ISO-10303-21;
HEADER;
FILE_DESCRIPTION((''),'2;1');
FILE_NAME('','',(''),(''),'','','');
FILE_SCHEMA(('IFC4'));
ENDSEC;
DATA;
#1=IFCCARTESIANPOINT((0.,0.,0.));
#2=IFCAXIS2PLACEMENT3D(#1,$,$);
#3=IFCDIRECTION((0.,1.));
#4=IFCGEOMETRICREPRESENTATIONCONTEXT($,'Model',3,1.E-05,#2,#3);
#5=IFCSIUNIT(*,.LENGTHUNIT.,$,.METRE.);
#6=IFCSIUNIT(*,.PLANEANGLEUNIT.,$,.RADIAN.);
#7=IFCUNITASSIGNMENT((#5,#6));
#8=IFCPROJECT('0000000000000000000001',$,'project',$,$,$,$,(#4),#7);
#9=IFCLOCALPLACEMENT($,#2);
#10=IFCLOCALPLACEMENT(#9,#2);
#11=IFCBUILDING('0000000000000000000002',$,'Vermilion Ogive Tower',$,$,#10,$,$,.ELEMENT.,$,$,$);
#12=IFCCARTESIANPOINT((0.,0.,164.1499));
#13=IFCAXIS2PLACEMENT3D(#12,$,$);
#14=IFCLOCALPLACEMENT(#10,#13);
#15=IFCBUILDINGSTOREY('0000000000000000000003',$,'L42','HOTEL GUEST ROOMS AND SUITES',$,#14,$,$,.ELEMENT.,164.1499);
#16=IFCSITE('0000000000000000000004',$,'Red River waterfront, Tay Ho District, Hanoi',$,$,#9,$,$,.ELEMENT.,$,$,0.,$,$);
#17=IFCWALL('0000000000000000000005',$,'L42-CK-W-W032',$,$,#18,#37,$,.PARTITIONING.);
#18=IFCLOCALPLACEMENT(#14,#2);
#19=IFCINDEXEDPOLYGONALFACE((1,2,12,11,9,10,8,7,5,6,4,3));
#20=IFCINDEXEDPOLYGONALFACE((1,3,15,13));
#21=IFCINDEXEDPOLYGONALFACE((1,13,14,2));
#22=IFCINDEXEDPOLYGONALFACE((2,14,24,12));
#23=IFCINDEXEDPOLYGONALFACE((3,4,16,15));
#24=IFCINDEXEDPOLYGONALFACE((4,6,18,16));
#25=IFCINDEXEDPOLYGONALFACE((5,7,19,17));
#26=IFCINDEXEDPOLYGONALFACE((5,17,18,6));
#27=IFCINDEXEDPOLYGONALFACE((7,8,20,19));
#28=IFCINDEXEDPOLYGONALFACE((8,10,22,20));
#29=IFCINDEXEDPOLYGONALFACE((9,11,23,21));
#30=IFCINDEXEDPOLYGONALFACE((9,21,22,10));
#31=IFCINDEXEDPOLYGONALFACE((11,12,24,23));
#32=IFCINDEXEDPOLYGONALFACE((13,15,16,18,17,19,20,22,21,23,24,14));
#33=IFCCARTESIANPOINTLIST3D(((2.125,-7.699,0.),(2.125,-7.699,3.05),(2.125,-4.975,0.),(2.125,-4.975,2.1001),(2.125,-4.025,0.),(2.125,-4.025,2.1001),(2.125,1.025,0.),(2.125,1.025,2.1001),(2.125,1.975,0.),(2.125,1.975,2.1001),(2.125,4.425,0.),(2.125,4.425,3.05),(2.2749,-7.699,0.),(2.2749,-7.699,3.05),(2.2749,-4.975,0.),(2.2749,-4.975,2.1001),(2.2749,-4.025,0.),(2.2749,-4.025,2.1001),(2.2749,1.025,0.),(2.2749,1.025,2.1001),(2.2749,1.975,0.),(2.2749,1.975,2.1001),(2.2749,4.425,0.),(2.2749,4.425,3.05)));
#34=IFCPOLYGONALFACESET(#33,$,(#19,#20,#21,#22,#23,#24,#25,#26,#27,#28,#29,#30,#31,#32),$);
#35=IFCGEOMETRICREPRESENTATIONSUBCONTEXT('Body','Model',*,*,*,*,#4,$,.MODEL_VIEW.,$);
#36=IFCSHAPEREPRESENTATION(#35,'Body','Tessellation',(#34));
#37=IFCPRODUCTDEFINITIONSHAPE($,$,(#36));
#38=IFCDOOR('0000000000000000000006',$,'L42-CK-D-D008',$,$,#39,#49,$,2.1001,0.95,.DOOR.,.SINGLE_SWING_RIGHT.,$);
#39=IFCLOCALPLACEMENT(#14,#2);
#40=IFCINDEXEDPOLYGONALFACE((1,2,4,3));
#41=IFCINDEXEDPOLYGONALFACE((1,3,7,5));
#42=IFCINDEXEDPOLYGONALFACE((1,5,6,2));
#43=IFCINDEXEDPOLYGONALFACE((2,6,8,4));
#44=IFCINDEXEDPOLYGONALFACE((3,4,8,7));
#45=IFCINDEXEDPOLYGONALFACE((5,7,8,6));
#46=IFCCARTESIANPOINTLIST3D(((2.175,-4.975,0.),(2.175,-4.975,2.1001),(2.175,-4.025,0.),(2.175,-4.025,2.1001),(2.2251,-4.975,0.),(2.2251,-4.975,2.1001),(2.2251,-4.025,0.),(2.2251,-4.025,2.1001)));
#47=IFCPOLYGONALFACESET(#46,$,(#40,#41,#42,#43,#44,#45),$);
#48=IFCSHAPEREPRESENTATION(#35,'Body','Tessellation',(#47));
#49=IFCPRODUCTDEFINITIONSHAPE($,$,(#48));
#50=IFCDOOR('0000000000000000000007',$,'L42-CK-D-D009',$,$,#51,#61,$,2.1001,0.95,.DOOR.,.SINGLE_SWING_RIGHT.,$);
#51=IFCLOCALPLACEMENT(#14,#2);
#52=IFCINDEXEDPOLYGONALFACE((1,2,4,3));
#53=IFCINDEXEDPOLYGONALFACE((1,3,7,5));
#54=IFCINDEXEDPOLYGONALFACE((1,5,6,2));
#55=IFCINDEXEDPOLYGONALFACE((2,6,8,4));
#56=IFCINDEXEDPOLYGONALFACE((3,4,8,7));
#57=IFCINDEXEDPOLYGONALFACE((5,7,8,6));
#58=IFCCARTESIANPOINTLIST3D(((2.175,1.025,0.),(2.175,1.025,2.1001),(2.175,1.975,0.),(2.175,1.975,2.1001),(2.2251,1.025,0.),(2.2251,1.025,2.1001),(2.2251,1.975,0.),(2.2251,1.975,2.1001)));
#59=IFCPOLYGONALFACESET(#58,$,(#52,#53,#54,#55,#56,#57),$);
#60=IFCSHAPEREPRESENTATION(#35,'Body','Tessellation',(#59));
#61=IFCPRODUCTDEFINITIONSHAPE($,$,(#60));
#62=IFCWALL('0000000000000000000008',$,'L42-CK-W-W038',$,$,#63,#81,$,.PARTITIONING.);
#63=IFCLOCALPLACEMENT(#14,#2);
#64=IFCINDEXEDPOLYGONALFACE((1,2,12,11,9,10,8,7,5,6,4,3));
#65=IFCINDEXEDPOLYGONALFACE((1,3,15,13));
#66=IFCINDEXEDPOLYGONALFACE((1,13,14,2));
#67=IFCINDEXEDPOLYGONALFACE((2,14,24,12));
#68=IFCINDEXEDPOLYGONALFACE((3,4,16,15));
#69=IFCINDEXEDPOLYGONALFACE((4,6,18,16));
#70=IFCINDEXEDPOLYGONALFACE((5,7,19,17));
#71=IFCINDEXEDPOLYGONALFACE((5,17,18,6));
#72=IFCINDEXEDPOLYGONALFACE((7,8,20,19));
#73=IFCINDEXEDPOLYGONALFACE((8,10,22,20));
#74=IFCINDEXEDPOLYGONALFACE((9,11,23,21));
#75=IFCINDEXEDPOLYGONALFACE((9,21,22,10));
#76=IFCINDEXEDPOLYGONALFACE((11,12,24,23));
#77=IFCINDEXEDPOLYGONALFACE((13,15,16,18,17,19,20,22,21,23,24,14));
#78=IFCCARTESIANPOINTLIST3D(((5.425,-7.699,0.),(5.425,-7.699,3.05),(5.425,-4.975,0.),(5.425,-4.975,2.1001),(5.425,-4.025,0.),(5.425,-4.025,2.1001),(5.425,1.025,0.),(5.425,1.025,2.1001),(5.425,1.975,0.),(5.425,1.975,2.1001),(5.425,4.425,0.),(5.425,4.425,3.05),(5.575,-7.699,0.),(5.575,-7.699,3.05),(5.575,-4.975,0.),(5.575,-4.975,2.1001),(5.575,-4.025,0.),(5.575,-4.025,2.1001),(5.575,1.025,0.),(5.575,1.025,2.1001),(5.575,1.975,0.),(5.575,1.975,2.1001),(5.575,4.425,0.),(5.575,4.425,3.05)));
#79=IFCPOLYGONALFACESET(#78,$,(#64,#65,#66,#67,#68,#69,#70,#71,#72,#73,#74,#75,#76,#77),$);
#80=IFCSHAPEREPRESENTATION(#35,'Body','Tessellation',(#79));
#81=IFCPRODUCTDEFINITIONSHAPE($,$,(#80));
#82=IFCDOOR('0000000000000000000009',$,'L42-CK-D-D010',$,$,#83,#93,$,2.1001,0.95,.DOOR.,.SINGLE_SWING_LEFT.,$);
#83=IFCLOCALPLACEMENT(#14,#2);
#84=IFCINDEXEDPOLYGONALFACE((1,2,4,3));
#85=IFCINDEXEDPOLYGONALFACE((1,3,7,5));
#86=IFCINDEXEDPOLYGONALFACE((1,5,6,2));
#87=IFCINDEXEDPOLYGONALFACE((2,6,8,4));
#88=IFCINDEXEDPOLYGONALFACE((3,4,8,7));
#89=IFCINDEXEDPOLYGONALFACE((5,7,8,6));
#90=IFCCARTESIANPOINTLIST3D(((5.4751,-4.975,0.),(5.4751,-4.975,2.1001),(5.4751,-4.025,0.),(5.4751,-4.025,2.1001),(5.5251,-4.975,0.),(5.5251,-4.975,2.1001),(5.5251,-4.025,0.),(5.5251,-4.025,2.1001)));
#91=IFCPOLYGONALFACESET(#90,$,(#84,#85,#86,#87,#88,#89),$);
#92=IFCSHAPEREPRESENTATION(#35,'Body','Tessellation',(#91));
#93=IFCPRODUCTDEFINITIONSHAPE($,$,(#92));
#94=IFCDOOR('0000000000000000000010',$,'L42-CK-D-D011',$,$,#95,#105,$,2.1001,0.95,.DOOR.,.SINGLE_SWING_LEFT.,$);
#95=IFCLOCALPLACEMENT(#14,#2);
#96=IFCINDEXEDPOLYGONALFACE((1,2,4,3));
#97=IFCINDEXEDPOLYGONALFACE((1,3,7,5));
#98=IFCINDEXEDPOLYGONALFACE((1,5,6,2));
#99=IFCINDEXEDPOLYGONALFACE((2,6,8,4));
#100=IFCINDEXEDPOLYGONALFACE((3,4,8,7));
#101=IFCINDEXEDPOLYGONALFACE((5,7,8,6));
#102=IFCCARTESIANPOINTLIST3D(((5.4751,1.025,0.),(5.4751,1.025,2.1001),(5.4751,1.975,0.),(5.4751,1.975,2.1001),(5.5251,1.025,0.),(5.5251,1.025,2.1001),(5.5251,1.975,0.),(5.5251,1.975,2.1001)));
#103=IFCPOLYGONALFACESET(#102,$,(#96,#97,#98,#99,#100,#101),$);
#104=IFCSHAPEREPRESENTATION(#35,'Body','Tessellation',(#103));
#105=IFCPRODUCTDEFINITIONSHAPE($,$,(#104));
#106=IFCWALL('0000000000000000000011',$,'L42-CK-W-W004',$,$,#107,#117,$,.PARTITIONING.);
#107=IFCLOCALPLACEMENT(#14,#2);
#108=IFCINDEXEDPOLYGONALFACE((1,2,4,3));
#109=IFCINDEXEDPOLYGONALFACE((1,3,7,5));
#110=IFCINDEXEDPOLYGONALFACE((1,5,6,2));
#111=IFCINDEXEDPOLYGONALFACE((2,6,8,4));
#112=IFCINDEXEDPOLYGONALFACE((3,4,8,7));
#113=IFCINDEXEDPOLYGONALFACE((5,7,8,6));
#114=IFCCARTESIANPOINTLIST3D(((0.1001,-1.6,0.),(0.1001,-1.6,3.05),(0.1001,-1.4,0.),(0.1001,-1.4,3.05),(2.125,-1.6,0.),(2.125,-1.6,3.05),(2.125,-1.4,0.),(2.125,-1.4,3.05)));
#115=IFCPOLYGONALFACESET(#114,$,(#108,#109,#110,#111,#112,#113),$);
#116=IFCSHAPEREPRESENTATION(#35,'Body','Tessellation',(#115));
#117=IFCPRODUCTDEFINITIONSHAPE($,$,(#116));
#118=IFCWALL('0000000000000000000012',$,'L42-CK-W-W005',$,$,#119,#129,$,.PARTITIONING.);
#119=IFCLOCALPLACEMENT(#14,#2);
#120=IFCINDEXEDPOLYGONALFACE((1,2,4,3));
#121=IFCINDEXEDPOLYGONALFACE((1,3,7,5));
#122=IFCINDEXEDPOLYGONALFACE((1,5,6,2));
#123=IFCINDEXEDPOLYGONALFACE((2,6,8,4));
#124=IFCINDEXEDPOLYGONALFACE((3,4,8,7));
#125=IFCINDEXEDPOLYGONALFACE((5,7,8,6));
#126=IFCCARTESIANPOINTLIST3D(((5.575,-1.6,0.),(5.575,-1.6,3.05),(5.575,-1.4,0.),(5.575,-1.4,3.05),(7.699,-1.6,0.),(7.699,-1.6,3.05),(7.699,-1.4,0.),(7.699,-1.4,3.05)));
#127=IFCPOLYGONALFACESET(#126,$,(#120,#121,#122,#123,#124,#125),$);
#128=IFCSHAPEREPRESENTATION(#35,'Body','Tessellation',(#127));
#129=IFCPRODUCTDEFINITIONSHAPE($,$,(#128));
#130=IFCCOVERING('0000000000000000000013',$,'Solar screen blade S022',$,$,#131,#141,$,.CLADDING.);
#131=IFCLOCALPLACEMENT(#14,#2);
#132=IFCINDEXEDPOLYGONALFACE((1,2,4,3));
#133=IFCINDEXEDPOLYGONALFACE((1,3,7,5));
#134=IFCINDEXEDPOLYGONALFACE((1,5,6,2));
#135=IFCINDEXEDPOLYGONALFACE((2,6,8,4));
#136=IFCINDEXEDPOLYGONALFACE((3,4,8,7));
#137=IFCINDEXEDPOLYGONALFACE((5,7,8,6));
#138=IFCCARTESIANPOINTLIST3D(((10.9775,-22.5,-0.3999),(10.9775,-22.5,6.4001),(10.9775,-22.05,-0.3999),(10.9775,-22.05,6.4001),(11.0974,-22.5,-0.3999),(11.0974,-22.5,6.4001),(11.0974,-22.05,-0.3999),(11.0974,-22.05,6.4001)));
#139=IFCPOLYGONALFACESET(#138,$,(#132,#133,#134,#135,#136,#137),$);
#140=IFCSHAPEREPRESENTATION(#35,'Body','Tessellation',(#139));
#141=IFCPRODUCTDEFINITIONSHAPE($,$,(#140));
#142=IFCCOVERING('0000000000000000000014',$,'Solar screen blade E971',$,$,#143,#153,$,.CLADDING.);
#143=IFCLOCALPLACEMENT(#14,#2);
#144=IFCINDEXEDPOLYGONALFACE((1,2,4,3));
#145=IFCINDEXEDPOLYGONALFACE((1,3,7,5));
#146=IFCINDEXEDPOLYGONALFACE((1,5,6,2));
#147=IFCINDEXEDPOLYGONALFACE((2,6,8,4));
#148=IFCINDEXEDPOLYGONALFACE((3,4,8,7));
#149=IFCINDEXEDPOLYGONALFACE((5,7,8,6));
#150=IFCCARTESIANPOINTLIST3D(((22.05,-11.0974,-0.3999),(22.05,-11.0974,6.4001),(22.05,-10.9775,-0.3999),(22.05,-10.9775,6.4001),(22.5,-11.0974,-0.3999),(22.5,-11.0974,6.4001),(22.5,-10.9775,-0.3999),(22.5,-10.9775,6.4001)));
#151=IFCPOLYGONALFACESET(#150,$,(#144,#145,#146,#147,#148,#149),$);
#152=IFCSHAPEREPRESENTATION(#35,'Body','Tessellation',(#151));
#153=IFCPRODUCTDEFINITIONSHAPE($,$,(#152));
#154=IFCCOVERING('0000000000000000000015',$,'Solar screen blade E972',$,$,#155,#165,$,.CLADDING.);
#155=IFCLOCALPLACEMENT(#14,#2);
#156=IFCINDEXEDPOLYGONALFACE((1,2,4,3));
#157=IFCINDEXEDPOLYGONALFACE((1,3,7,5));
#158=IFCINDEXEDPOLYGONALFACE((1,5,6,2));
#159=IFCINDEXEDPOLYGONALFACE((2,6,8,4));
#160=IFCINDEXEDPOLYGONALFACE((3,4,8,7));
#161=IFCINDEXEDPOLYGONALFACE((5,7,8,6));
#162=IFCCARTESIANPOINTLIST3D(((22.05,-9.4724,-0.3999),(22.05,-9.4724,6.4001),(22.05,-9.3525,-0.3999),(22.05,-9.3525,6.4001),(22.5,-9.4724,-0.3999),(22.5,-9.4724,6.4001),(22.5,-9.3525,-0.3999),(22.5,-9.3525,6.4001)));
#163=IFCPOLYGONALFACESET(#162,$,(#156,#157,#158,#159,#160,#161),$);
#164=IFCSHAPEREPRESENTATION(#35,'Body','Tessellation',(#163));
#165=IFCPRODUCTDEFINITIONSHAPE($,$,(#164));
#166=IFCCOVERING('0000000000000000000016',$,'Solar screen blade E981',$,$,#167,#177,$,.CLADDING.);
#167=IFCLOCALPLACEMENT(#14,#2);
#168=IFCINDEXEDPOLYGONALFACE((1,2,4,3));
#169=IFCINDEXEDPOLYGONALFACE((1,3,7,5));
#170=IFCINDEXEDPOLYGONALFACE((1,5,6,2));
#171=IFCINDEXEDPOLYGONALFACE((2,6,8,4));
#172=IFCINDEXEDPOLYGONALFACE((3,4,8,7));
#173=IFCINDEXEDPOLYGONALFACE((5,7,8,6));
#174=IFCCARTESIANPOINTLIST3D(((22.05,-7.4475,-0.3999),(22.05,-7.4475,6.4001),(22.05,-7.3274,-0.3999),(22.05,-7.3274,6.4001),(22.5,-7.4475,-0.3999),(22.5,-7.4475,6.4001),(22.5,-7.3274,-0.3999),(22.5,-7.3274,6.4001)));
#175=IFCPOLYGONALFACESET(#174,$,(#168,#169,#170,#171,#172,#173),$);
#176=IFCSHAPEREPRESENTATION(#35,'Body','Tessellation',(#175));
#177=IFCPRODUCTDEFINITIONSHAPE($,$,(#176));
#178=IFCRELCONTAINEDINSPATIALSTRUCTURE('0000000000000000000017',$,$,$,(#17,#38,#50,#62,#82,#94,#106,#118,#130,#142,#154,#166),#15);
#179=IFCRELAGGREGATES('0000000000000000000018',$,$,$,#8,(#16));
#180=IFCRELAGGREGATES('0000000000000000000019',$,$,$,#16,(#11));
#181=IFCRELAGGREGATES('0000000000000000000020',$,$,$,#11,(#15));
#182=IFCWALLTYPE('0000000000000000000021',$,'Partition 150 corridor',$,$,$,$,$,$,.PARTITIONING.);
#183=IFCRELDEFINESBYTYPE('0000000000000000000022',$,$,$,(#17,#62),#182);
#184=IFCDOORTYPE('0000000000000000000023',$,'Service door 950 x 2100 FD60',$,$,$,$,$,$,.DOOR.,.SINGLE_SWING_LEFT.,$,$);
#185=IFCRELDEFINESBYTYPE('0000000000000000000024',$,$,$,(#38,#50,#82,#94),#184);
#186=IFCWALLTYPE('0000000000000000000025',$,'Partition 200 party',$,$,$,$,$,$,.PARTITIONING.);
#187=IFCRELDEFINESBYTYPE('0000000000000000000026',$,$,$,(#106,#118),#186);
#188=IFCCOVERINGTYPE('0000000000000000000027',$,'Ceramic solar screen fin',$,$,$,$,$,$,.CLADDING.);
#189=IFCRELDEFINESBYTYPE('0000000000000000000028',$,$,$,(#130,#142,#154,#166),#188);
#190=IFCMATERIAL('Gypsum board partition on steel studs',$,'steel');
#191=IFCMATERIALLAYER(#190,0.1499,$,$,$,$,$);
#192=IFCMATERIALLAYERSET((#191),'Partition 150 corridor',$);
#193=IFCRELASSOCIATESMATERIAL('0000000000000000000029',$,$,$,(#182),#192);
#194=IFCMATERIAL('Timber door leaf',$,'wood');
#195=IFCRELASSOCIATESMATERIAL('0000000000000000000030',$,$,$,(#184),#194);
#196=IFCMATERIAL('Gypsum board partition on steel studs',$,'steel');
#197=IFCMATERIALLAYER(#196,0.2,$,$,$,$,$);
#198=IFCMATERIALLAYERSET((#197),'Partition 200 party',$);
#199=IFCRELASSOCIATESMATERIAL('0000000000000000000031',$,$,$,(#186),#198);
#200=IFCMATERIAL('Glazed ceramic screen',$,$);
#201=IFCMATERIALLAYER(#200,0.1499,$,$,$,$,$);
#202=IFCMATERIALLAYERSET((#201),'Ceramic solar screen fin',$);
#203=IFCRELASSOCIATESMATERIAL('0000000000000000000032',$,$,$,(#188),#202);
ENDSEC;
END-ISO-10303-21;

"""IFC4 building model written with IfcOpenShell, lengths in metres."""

from ifc_helpers import new_model, si_unit, direction, frame, frame_2d, origin, place, context, subcontext, project, spatial, polyline, rectangle, outline, extrude, material, layer, layer_set, type_object, element, fill, save


model = new_model("IFC4")

# Units and contexts
model_context = context("Model", 3, precision=1e-05, world=origin(), true_north=direction((0.0, 1.0)))
body_context = subcontext(model_context, "Body", "Model", "MODEL_VIEW")
ifc_project = project(units=[si_unit("LENGTHUNIT", "METRE"), si_unit("PLANEANGLEUNIT", "RADIAN")], contexts=[model_context])

# Site, building, storey
site_placement = place(None, origin())
site = spatial("IfcSite", under=ifc_project, at=site_placement, Name="Red River waterfront, Tay Ho District, Hanoi", CompositionType="ELEMENT", RefElevation=0.0)
building_placement = place(site_placement, origin())
building = spatial("IfcBuilding", under=site, at=building_placement, Name="Vermilion Ogive Tower", CompositionType="ELEMENT")
storey_placement = place(building_placement, frame((0.0, 0.0, 164.1499)))
storey = spatial("IfcBuildingStorey", under=building, at=storey_placement, Name="L42", Description="HOTEL GUEST ROOMS AND SUITES", CompositionType="ELEMENT", Elevation=164.1499)

# Walls, openings, doors
ifc_material_1 = material(Name="Gypsum board partition on steel studs", Category="steel")
ifc_layer_1 = layer(ifc_material_1, 0.1499)
ifc_layer_set_1 = layer_set([ifc_layer_1], Name="Partition 150 corridor")
wall_type_1 = type_object("IfcWallType", Name="Partition 150 corridor", PredefinedType="PARTITIONING", material=ifc_layer_set_1)
wall_1_placement = place(storey_placement, frame((2.2, -7.699, 0.0), z_axis=(0.0, 0.0, 1.0), x_axis=(0.0, 1.0, 0.0)))
wall_1 = element("IfcWall", 1, at=wall_1_placement, inside=storey, type_object=wall_type_1, Name="L42-CK-W-W032", PredefinedType="PARTITIONING", context=body_context, shape_type="SweptSolid", body=[
    extrude(rectangle(XDim=12.124, YDim=0.1499, at=frame_2d((6.062, 0.0))), origin(), (0.0, 0.0, 1.0), 3.05),
])
opening_1_placement = place(wall_1_placement, frame((2.7239, 0.0, 0.0)))
opening_1 = element("IfcOpeningElement", 2, at=opening_1_placement, cuts=wall_1, PredefinedType="OPENING", context=body_context, shape_type="SweptSolid", body=[
    extrude(rectangle(XDim=0.95, YDim=2.1001, at=frame_2d((0.4751, 1.05))), frame((0.0, 0.085, 0.0), z_axis=(0.0, -1.0, 0.0), x_axis=(1.0, 0.0, 0.0)), (0.0, 0.0, 1.0), 0.1699),
])
opening_2_placement = place(wall_1_placement, frame((8.7239, 0.0, 0.0)))
opening_2 = element("IfcOpeningElement", 3, at=opening_2_placement, cuts=wall_1, PredefinedType="OPENING", context=body_context, shape_type="SweptSolid", body=[
    extrude(rectangle(XDim=0.95, YDim=2.1001, at=frame_2d((0.4751, 1.05))), frame((0.0, 0.085, 0.0), z_axis=(0.0, -1.0, 0.0), x_axis=(1.0, 0.0, 0.0)), (0.0, 0.0, 1.0), 0.1699),
])
ifc_material_2 = material(Name="Timber door leaf", Category="wood")
door_type = type_object("IfcDoorType", Name="Service door 950 x 2100 FD60", OperationType="SINGLE_SWING_LEFT", PredefinedType="DOOR", material=ifc_material_2)
door_1_placement = place(opening_1_placement, origin())
door_1 = element("IfcDoor", 4, at=door_1_placement, inside=storey, type_object=door_type, Name="L42-CK-D-D008", OperationType="SINGLE_SWING_RIGHT", OverallHeight=2.1001, OverallWidth=0.95, PredefinedType="DOOR", context=body_context, shape_type="SweptSolid", body=[
    extrude(rectangle(XDim=0.95, YDim=2.1001, at=frame_2d((0.4751, 1.05))), frame((0.0, 0.0249, 0.0), z_axis=(0.0, -1.0, 0.0), x_axis=(1.0, 0.0, 0.0)), (0.0, 0.0, 1.0), 0.05),
])
fill(opening_1, door_1)
door_2_placement = place(opening_2_placement, origin())
door_2 = element("IfcDoor", 5, at=door_2_placement, inside=storey, type_object=door_type, Name="L42-CK-D-D009", OperationType="SINGLE_SWING_RIGHT", OverallHeight=2.1001, OverallWidth=0.95, PredefinedType="DOOR", context=body_context, shape_type="SweptSolid", body=[
    extrude(rectangle(XDim=0.95, YDim=2.1001, at=frame_2d((0.4751, 1.05))), frame((0.0, 0.0249, 0.0), z_axis=(0.0, -1.0, 0.0), x_axis=(1.0, 0.0, 0.0)), (0.0, 0.0, 1.0), 0.05),
])
fill(opening_2, door_2)
wall_2_placement = place(storey_placement, frame((5.5, -7.699, 0.0), z_axis=(0.0, 0.0, 1.0), x_axis=(0.0, 1.0, 0.0)))
wall_2 = element("IfcWall", 6, at=wall_2_placement, inside=storey, type_object=wall_type_1, Name="L42-CK-W-W038", PredefinedType="PARTITIONING", context=body_context, shape_type="SweptSolid", body=[
    extrude(rectangle(XDim=12.124, YDim=0.1499, at=frame_2d((6.062, 0.0))), origin(), (0.0, 0.0, 1.0), 3.05),
])
opening_3_placement = place(wall_2_placement, frame((2.7239, 0.0, 0.0)))
opening_3 = element("IfcOpeningElement", 7, at=opening_3_placement, cuts=wall_2, PredefinedType="OPENING", context=body_context, shape_type="SweptSolid", body=[
    extrude(rectangle(XDim=0.95, YDim=2.1001, at=frame_2d((0.4751, 1.05))), frame((0.0, 0.085, 0.0), z_axis=(0.0, -1.0, 0.0), x_axis=(1.0, 0.0, 0.0)), (0.0, 0.0, 1.0), 0.1699),
])
opening_4_placement = place(wall_2_placement, frame((8.7239, 0.0, 0.0)))
opening_4 = element("IfcOpeningElement", 8, at=opening_4_placement, cuts=wall_2, PredefinedType="OPENING", context=body_context, shape_type="SweptSolid", body=[
    extrude(rectangle(XDim=0.95, YDim=2.1001, at=frame_2d((0.4751, 1.05))), frame((0.0, 0.085, 0.0), z_axis=(0.0, -1.0, 0.0), x_axis=(1.0, 0.0, 0.0)), (0.0, 0.0, 1.0), 0.1699),
])
door_3_placement = place(opening_3_placement, origin())
door_3 = element("IfcDoor", 9, at=door_3_placement, inside=storey, type_object=door_type, Name="L42-CK-D-D010", OperationType="SINGLE_SWING_LEFT", OverallHeight=2.1001, OverallWidth=0.95, PredefinedType="DOOR", context=body_context, shape_type="SweptSolid", body=[
    extrude(rectangle(XDim=0.95, YDim=2.1001, at=frame_2d((0.4751, 1.05))), frame((0.0, 0.0249, 0.0), z_axis=(0.0, -1.0, 0.0), x_axis=(1.0, 0.0, 0.0)), (0.0, 0.0, 1.0), 0.05),
])
fill(opening_3, door_3)
door_4_placement = place(opening_4_placement, origin())
door_4 = element("IfcDoor", 10, at=door_4_placement, inside=storey, type_object=door_type, Name="L42-CK-D-D011", OperationType="SINGLE_SWING_LEFT", OverallHeight=2.1001, OverallWidth=0.95, PredefinedType="DOOR", context=body_context, shape_type="SweptSolid", body=[
    extrude(rectangle(XDim=0.95, YDim=2.1001, at=frame_2d((0.4751, 1.05))), frame((0.0, 0.0249, 0.0), z_axis=(0.0, -1.0, 0.0), x_axis=(1.0, 0.0, 0.0)), (0.0, 0.0, 1.0), 0.05),
])
fill(opening_4, door_4)

# Walls
ifc_material_3 = material(Name="Gypsum board partition on steel studs", Category="steel")
ifc_layer_2 = layer(ifc_material_3, 0.2)
ifc_layer_set_2 = layer_set([ifc_layer_2], Name="Partition 200 party")
wall_type_2 = type_object("IfcWallType", Name="Partition 200 party", PredefinedType="PARTITIONING", material=ifc_layer_set_2)
wall_3_placement = place(storey_placement, frame((0.1001, -1.5, 0.0), z_axis=(0.0, 0.0, 1.0), x_axis=(1.0, 0.0, 0.0)))
element("IfcWall", 11, at=wall_3_placement, inside=storey, type_object=wall_type_2, Name="L42-CK-W-W004", PredefinedType="PARTITIONING", context=body_context, shape_type="SweptSolid", body=[
    extrude(rectangle(XDim=2.0249, YDim=0.2, at=frame_2d((1.0125, 0.0))), origin(), (0.0, 0.0, 1.0), 3.05),
])
wall_4_placement = place(storey_placement, frame((5.575, -1.5, 0.0), z_axis=(0.0, 0.0, 1.0), x_axis=(1.0, 0.0, 0.0)))
element("IfcWall", 12, at=wall_4_placement, inside=storey, type_object=wall_type_2, Name="L42-CK-W-W005", PredefinedType="PARTITIONING", context=body_context, shape_type="SweptSolid", body=[
    extrude(rectangle(XDim=2.124, YDim=0.2, at=frame_2d((1.062, 0.0))), origin(), (0.0, 0.0, 1.0), 3.05),
])

# Coverings
ifc_material_4 = material(Name="Glazed ceramic screen")
ifc_layer_3 = layer(ifc_material_4, 0.1499)
ifc_layer_set_3 = layer_set([ifc_layer_3], Name="Ceramic solar screen fin")
covering_type_1 = type_object("IfcCoveringType", Name="Ceramic solar screen fin", PredefinedType="CLADDING", material=ifc_layer_set_3)
covering_1_placement = place(storey_placement, frame((0.0, 0.0, -0.3999)))
element("IfcCovering", 13, at=covering_1_placement, inside=storey, type_object=covering_type_1, Name="Solar screen blade S022", PredefinedType="CLADDING", context=body_context, shape_type="SweptSolid", body=[
    extrude(outline(polyline([(10.9775, -22.5), (11.0974, -22.5), (11.0974, -22.05), (10.9775, -22.05), (10.9775, -22.5)])), origin(), (0.0, 0.0, 1.0), 6.8),
])
covering_2_placement = place(storey_placement, frame((0.0, 0.0, -0.3999)))
element("IfcCovering", 14, at=covering_2_placement, inside=storey, type_object=covering_type_1, Name="Solar screen blade E971", PredefinedType="CLADDING", context=body_context, shape_type="SweptSolid", body=[
    extrude(outline(polyline([(22.5, -11.0974), (22.5, -10.9775), (22.05, -10.9775), (22.05, -11.0974), (22.5, -11.0974)])), origin(), (0.0, 0.0, 1.0), 6.8),
])
covering_3_placement = place(storey_placement, frame((0.0, 0.0, -0.3999)))
element("IfcCovering", 15, at=covering_3_placement, inside=storey, type_object=covering_type_1, Name="Solar screen blade E972", PredefinedType="CLADDING", context=body_context, shape_type="SweptSolid", body=[
    extrude(outline(polyline([(22.5, -9.4724), (22.5, -9.3525), (22.05, -9.3525), (22.05, -9.4724), (22.5, -9.4724)])), origin(), (0.0, 0.0, 1.0), 6.8),
])
covering_4_placement = place(storey_placement, frame((0.0, 0.0, -0.3999)))
element("IfcCovering", 16, at=covering_4_placement, inside=storey, type_object=covering_type_1, Name="Solar screen blade E981", PredefinedType="CLADDING", context=body_context, shape_type="SweptSolid", body=[
    extrude(outline(polyline([(22.5, -7.4475), (22.5, -7.3274), (22.05, -7.3274), (22.05, -7.4475), (22.5, -7.4475)])), origin(), (0.0, 0.0, 1.0), 6.8),
])

save(model, "model.ifc")
